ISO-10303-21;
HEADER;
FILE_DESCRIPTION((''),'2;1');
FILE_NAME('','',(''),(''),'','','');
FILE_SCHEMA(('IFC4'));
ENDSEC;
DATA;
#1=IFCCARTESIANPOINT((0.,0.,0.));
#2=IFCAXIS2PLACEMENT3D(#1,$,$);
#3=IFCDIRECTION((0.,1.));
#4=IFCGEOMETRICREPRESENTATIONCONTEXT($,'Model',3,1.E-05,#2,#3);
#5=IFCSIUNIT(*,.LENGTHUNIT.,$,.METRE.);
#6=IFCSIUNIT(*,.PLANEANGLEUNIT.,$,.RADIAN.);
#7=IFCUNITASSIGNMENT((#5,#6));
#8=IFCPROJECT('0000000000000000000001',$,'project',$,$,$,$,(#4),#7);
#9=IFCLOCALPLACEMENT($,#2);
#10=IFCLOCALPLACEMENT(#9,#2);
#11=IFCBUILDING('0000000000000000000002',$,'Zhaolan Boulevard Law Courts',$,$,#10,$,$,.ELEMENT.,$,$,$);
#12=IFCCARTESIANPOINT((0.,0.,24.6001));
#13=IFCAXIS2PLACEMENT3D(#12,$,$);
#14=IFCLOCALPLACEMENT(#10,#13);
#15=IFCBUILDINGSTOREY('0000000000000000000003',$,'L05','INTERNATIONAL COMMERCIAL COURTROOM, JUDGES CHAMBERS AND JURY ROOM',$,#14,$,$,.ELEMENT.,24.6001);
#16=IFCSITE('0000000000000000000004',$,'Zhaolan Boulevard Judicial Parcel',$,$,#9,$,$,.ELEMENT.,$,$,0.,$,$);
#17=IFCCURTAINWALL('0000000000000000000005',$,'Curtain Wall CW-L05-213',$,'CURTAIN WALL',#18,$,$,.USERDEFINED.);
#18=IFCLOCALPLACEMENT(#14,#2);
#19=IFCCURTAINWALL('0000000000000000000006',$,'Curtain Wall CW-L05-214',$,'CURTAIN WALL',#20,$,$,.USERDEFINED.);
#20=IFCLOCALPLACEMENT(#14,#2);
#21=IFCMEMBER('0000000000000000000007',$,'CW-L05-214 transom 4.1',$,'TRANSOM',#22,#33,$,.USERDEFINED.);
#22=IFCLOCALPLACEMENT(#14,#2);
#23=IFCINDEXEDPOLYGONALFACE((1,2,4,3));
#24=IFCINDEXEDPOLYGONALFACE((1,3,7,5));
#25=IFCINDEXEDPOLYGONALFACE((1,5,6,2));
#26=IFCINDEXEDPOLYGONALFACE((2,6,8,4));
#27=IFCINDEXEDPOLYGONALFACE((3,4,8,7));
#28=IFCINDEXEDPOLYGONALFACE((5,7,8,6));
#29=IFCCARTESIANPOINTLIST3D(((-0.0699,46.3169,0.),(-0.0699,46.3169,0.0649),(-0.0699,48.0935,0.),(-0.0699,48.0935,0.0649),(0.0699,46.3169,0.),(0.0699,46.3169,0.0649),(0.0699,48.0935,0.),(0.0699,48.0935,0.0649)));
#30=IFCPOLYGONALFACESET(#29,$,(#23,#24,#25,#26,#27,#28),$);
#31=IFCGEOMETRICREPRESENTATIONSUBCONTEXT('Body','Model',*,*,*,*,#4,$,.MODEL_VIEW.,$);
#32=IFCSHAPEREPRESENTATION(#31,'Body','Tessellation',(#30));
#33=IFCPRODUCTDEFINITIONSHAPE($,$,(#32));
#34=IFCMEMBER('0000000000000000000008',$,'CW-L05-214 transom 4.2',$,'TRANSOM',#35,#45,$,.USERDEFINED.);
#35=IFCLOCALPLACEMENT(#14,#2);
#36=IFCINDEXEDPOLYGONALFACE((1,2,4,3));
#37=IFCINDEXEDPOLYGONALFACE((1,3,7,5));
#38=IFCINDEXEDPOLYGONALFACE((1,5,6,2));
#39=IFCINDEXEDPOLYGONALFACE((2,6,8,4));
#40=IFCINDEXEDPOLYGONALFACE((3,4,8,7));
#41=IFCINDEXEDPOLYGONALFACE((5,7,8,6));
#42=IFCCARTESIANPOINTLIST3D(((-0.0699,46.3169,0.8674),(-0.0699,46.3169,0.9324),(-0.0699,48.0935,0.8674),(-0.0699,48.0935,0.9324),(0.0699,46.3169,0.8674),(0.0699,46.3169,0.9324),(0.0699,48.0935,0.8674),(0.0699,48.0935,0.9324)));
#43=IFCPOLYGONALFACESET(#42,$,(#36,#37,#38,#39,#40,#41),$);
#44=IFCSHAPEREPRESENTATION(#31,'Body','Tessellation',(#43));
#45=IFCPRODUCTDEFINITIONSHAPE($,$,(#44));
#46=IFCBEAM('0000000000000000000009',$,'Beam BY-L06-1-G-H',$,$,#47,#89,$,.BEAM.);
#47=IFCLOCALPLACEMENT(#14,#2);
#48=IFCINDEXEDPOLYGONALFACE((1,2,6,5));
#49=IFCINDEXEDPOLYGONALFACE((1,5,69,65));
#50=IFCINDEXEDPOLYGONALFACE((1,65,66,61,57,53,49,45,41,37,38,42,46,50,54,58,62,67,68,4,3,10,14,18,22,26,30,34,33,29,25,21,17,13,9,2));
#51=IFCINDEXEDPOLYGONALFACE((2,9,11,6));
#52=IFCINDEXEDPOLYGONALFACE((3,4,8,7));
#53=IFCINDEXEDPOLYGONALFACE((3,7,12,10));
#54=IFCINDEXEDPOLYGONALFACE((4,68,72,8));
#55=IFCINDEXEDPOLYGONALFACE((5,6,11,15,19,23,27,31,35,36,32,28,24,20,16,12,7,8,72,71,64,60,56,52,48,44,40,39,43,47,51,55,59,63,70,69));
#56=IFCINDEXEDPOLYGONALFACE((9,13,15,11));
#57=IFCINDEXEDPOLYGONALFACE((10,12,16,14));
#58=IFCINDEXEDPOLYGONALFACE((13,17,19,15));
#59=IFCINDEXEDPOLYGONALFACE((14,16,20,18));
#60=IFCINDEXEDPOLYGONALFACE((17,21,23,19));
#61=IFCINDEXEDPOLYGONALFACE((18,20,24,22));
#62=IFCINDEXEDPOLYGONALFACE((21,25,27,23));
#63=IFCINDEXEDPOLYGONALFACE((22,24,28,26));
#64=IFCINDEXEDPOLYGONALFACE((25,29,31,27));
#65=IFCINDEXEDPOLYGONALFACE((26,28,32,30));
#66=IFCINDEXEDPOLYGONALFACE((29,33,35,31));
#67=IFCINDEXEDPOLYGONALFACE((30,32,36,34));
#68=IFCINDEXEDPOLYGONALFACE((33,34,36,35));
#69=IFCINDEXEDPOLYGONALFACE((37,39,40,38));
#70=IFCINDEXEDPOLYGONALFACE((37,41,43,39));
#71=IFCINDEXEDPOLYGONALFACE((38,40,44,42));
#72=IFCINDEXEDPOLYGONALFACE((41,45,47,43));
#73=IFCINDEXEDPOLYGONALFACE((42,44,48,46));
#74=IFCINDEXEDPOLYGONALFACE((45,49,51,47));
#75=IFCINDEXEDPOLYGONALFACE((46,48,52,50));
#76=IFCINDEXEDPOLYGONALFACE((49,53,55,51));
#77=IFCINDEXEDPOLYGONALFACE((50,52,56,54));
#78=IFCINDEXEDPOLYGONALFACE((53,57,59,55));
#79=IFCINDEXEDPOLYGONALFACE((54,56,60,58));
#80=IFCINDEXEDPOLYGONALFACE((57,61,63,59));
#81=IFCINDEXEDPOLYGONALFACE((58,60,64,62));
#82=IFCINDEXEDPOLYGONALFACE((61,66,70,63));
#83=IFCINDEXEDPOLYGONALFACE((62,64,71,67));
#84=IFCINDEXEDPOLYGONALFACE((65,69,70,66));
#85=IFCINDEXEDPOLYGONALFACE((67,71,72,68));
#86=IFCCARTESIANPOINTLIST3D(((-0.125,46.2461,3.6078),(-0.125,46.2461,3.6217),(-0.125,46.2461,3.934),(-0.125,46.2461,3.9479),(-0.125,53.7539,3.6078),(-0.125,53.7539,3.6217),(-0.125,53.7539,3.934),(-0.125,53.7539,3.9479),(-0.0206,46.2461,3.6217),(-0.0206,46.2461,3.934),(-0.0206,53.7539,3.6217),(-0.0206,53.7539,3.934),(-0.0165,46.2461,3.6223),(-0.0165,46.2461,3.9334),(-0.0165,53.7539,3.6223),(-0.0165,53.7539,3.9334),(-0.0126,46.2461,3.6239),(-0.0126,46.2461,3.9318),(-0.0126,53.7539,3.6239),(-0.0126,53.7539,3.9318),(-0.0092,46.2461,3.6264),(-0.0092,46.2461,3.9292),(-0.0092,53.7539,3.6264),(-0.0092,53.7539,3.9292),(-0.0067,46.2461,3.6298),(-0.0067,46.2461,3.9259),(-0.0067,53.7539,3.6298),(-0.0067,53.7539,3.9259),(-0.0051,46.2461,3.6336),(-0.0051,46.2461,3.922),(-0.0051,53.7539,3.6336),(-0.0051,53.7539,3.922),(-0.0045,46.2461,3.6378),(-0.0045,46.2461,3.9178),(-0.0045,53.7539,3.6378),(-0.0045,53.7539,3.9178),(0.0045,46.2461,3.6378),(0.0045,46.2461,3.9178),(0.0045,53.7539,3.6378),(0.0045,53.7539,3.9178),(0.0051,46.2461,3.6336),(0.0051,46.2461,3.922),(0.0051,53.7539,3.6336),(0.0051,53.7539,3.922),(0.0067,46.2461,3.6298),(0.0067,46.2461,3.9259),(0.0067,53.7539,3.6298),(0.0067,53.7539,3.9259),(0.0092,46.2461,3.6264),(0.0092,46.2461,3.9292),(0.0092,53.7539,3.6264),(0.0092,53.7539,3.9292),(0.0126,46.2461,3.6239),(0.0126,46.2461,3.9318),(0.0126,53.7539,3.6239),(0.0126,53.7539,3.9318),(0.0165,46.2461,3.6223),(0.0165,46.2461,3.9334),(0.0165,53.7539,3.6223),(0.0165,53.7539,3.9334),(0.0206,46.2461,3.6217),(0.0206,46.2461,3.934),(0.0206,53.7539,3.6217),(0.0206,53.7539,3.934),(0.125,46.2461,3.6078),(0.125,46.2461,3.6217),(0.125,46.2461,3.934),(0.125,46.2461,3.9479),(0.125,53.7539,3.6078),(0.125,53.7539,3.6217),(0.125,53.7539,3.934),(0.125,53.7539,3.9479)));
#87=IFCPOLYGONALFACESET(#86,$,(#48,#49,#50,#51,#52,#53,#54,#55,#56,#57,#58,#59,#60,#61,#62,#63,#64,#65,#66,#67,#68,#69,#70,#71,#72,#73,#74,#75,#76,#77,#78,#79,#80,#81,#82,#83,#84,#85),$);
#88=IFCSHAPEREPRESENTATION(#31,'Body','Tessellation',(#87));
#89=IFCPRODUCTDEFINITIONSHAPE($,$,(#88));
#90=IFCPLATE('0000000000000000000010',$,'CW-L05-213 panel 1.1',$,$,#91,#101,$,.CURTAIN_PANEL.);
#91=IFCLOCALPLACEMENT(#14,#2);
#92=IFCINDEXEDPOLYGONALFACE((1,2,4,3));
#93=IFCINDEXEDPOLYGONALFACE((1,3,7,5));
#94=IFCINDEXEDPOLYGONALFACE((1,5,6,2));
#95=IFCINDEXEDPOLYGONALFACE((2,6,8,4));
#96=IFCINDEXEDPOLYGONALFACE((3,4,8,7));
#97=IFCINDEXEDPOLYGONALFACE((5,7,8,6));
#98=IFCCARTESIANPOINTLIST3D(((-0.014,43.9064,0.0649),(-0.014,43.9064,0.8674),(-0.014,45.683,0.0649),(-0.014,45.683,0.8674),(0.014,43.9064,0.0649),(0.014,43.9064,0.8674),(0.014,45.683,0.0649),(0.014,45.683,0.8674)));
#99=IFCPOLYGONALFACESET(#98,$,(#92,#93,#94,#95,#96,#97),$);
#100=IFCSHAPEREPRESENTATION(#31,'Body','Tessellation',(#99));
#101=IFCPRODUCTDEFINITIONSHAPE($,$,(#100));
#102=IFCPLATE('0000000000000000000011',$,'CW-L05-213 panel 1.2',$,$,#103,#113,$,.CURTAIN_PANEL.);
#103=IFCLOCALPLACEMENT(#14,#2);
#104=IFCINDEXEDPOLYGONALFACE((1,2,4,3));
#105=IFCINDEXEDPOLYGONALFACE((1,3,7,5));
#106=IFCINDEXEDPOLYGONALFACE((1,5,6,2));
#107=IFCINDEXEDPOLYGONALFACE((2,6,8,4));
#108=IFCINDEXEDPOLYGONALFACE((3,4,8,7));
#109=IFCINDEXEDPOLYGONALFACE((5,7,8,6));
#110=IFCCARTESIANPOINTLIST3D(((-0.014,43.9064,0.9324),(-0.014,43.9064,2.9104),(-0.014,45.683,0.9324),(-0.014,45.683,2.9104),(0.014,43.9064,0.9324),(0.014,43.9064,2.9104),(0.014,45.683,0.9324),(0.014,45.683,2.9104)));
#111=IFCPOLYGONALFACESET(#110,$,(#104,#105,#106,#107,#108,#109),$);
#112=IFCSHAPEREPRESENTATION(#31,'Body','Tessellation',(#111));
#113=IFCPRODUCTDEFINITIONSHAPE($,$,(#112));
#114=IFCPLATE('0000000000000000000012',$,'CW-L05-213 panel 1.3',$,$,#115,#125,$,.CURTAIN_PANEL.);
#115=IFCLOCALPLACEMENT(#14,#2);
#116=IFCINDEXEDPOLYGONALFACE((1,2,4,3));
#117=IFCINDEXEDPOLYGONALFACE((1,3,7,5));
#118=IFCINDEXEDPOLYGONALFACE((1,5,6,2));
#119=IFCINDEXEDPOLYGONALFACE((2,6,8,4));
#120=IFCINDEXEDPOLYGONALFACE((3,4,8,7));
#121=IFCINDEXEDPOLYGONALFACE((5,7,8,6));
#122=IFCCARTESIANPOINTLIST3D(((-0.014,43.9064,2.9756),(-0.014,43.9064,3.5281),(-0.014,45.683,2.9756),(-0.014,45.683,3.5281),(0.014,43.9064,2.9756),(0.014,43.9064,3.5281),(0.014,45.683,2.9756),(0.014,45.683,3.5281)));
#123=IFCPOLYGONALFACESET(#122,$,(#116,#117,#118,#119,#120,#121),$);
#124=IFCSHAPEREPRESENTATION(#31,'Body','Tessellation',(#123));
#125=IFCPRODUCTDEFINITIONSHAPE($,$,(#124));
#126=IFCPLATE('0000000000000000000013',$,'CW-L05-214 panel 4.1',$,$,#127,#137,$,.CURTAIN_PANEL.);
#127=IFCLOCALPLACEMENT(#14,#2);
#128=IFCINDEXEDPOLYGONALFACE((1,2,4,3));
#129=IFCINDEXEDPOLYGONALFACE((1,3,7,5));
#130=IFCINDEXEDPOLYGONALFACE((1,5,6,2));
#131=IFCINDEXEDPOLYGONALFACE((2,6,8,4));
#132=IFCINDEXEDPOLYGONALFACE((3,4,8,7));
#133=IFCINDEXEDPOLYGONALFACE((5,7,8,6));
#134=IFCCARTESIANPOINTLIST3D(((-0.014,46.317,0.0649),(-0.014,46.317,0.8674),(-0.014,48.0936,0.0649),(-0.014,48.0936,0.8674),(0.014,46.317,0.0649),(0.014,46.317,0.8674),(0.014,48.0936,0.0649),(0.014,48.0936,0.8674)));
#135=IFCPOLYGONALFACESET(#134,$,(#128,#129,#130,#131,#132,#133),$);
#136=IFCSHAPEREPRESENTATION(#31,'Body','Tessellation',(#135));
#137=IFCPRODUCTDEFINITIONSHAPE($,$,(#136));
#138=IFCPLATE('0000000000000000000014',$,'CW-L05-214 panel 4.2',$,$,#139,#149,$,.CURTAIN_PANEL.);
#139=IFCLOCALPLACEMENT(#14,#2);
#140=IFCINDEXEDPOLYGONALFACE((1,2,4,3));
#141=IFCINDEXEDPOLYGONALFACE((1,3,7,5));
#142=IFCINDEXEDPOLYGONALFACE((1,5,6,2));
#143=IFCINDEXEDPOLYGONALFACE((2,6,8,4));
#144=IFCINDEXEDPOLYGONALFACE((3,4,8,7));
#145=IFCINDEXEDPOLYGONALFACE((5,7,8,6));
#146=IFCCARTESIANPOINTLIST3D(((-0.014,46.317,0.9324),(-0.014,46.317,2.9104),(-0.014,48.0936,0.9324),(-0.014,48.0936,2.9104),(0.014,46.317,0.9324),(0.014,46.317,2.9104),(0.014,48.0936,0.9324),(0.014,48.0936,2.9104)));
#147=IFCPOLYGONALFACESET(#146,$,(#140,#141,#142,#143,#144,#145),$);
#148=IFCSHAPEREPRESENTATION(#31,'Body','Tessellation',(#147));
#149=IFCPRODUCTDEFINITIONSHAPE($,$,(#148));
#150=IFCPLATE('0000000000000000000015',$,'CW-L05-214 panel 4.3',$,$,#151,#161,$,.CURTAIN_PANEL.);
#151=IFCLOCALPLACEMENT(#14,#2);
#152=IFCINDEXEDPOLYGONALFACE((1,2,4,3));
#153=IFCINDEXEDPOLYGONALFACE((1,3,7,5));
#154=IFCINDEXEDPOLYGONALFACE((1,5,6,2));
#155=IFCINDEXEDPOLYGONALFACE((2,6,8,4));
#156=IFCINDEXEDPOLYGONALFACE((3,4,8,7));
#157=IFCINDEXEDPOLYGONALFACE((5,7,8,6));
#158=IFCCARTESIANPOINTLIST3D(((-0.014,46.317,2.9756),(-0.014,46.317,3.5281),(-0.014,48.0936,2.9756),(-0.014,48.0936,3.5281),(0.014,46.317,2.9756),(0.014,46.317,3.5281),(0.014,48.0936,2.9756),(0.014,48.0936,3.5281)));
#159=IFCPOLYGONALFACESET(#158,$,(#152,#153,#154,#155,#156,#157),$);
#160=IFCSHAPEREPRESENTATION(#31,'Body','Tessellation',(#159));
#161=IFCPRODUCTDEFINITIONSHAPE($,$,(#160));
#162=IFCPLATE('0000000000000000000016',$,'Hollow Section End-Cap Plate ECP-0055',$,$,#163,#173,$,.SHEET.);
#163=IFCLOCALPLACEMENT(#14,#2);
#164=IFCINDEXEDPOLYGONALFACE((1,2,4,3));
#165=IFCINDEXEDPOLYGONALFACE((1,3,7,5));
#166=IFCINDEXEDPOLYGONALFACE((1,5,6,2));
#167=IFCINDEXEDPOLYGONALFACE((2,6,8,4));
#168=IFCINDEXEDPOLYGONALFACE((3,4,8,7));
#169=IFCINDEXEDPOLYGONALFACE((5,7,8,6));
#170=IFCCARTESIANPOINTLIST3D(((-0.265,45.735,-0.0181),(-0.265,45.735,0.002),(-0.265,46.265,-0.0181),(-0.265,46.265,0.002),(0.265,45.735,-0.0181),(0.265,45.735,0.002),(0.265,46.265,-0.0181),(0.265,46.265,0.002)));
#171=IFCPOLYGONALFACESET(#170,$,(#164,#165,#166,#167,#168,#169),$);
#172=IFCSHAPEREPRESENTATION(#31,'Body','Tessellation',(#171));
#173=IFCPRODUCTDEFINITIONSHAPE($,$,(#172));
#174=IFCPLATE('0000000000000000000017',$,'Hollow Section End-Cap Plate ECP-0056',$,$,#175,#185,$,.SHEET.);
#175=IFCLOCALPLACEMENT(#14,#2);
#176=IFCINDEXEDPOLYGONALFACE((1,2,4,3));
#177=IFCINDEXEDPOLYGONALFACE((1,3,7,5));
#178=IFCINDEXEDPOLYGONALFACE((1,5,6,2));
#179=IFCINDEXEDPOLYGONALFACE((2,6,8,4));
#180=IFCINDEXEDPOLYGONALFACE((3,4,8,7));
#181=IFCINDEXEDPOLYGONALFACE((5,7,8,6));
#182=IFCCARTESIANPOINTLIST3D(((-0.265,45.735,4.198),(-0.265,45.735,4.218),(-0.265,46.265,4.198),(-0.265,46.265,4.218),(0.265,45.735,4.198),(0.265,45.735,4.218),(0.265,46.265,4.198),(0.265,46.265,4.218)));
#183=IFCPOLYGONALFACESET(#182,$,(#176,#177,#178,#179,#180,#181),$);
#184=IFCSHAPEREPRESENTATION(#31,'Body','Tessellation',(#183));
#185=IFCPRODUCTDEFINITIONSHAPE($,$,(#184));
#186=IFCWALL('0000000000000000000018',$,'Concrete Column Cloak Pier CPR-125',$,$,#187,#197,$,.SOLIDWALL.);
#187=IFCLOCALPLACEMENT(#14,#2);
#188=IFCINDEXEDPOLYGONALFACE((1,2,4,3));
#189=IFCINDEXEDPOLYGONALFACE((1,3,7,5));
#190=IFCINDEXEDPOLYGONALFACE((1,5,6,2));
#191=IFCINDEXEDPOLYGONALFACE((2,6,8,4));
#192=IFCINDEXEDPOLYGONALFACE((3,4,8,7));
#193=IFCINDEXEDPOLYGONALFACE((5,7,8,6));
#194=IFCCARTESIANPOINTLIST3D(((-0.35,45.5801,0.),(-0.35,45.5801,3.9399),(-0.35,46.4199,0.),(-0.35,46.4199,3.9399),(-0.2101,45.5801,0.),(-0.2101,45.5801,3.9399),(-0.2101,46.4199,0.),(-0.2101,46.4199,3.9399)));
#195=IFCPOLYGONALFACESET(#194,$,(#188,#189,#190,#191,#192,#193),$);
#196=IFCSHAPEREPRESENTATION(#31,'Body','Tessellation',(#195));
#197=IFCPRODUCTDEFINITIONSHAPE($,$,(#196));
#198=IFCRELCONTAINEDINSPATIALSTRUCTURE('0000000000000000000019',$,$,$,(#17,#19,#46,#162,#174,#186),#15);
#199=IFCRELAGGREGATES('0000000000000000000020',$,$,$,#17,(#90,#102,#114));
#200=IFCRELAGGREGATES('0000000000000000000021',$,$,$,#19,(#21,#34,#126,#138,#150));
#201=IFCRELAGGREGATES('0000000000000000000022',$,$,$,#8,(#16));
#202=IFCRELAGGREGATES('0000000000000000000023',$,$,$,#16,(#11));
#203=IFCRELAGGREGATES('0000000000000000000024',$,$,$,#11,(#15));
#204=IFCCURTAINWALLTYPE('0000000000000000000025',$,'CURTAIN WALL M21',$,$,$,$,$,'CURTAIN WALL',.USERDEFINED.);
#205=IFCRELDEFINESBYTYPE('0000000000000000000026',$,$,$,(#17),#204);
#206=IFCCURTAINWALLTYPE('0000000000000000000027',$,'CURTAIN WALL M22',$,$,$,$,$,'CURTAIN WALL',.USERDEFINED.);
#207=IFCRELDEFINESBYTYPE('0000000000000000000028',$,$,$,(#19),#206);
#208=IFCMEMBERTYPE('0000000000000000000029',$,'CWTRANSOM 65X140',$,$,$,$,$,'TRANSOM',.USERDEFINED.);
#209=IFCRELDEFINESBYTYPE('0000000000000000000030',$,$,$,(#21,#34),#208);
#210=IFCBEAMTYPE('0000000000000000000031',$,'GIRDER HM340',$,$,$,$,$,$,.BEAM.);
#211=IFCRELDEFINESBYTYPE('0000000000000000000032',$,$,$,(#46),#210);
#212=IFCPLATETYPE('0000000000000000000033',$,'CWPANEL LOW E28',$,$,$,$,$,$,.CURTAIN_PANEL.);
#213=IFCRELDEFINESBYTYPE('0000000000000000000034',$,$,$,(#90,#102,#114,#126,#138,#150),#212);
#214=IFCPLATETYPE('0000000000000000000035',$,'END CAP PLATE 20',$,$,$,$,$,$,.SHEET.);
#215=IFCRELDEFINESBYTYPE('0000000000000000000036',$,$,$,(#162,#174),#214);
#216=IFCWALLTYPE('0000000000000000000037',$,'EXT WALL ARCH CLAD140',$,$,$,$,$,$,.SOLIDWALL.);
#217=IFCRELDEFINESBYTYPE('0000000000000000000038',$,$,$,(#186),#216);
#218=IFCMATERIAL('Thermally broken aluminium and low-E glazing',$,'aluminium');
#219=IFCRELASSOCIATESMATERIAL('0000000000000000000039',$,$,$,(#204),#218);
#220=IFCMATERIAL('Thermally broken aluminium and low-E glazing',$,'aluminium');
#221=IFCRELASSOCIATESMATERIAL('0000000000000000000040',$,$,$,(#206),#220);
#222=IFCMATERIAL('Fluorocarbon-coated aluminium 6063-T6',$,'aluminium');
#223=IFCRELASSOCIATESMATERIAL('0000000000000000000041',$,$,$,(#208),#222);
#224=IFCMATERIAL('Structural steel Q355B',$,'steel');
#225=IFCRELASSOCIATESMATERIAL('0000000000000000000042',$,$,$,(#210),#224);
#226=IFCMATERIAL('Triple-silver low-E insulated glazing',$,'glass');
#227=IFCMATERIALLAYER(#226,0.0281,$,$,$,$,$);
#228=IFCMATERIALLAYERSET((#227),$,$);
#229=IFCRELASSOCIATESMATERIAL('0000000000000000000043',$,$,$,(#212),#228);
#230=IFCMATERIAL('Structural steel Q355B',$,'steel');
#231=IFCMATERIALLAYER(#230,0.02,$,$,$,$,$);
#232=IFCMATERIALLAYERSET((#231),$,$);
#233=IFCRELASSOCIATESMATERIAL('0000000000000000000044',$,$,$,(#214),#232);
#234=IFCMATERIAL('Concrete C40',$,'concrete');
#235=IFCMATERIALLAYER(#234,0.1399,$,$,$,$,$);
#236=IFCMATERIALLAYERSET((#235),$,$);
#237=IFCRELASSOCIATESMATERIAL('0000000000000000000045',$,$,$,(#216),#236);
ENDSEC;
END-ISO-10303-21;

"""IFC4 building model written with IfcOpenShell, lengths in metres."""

from ifc_helpers import new_model, si_unit, direction, frame, frame_2d, origin, origin_2d, place, context, subcontext, project, spatial, rectangle, i_section, extrude, material, layer, layer_set, material_profile, profile_set, type_object, element, aggregate, save


model = new_model("IFC4")

# Units and contexts
model_context = context("Model", 3, precision=1e-05, world=origin(), true_north=direction((0.0, 1.0)))
body_context = subcontext(model_context, "Body", "Model", "MODEL_VIEW")
ifc_project = project(units=[si_unit("LENGTHUNIT", "METRE"), si_unit("PLANEANGLEUNIT", "RADIAN")], contexts=[model_context])

# Site, building, storey
site_placement = place(None, origin())
site = spatial("IfcSite", under=ifc_project, at=site_placement, Name="Zhaolan Boulevard Judicial Parcel", CompositionType="ELEMENT", RefElevation=0.0)
building_placement = place(site_placement, origin())
building = spatial("IfcBuilding", under=site, at=building_placement, Name="Zhaolan Boulevard Law Courts", CompositionType="ELEMENT")
storey_placement = place(building_placement, frame((0.0, 0.0, 24.6001)))
storey = spatial("IfcBuildingStorey", under=building, at=storey_placement, Name="L05", Description="INTERNATIONAL COMMERCIAL COURTROOM, JUDGES CHAMBERS AND JURY ROOM", CompositionType="ELEMENT", Elevation=24.6001)

# Curtain wall
ifc_material_1 = material(Name="Thermally broken aluminium and low-E glazing", Category="aluminium")
curtain_wall_type_1 = type_object("IfcCurtainWallType", Name="CURTAIN WALL M21", ElementType="CURTAIN WALL", PredefinedType="USERDEFINED", material=ifc_material_1)
curtain_wall_1_placement = place(storey_placement, origin())
curtain_wall_1 = element("IfcCurtainWall", 1, at=curtain_wall_1_placement, inside=storey, type_object=curtain_wall_type_1, Name="Curtain Wall CW-L05-213", ObjectType="CURTAIN WALL", PredefinedType="USERDEFINED")

# Curtain wall
ifc_material_2 = material(Name="Thermally broken aluminium and low-E glazing", Category="aluminium")
curtain_wall_type_2 = type_object("IfcCurtainWallType", Name="CURTAIN WALL M22", ElementType="CURTAIN WALL", PredefinedType="USERDEFINED", material=ifc_material_2)
curtain_wall_2_placement = place(storey_placement, origin())
curtain_wall_2 = element("IfcCurtainWall", 2, at=curtain_wall_2_placement, inside=storey, type_object=curtain_wall_type_2, Name="Curtain Wall CW-L05-214", ObjectType="CURTAIN WALL", PredefinedType="USERDEFINED")

# Members
ifc_material_3 = material(Name="Fluorocarbon-coated aluminium 6063-T6", Category="aluminium")
ifc_material_profile_1 = material_profile(ifc_material_3, rectangle(XDim=0.1399, YDim=0.0649, at=origin_2d()), Name="AL65x140")
ifc_profile_set_1 = profile_set([ifc_material_profile_1], Name="Fluorocarbon-coated aluminium 6063-T6")
member_type_1 = type_object("IfcMemberType", Name="CWTRANSOM 65X140", ElementType="TRANSOM", PredefinedType="USERDEFINED", material=ifc_profile_set_1)
member_1_placement = place(storey_placement, frame((0.0, 48.0935, 0.0325), z_axis=(0.0, -1.0, 0.0), x_axis=(1.0, 0.0, 0.0)))
member_1 = element("IfcMember", 3, at=member_1_placement, type_object=member_type_1, Name="CW-L05-214 transom 4.1", ObjectType="TRANSOM", PredefinedType="USERDEFINED", context=body_context, shape_type="SweptSolid", body=[
    extrude(rectangle(XDim=0.1399, YDim=0.0649, at=origin_2d()), origin(), (0.0, 0.0, 1.0), 1.7766),
])
member_2_placement = place(storey_placement, frame((0.0, 48.0935, 0.8999), z_axis=(0.0, -1.0, 0.0), x_axis=(1.0, 0.0, 0.0)))
member_2 = element("IfcMember", 4, at=member_2_placement, type_object=member_type_1, Name="CW-L05-214 transom 4.2", ObjectType="TRANSOM", PredefinedType="USERDEFINED", context=body_context, shape_type="SweptSolid", body=[
    extrude(rectangle(XDim=0.1399, YDim=0.0649, at=origin_2d()), origin(), (0.0, 0.0, 1.0), 1.7766),
])

# Beam
ifc_material_4 = material(Name="Structural steel Q355B", Category="steel")
ifc_material_profile_2 = material_profile(ifc_material_4, i_section(OverallWidth=0.25, OverallDepth=0.3401, WebThickness=0.009, FlangeThickness=0.0139, FilletRadius=0.0161, at=origin_2d()), Name="HM340x250")
ifc_profile_set_2 = profile_set([ifc_material_profile_2], Name="Structural steel Q355B")
beam_type = type_object("IfcBeamType", Name="GIRDER HM340", PredefinedType="BEAM", material=ifc_profile_set_2)
beam_placement = place(storey_placement, frame((0.0, 46.2461, 3.7778), z_axis=(0.0, 1.0, 0.0), x_axis=(-1.0, 0.0, 0.0)))
element("IfcBeam", 5, at=beam_placement, inside=storey, type_object=beam_type, Name="Beam BY-L06-1-G-H", PredefinedType="BEAM", context=body_context, shape_type="SweptSolid", body=[
    extrude(i_section(OverallWidth=0.25, OverallDepth=0.3401, WebThickness=0.009, FlangeThickness=0.0139, FilletRadius=0.0161, at=origin_2d()), origin(), (0.0, 0.0, 1.0), 7.5078),
])

# Plates
ifc_material_5 = material(Name="Triple-silver low-E insulated glazing", Category="glass")
ifc_layer_1 = layer(ifc_material_5, 0.0281)
ifc_layer_set_1 = layer_set([ifc_layer_1])
plate_type_1 = type_object("IfcPlateType", Name="CWPANEL LOW E28", PredefinedType="CURTAIN_PANEL", material=ifc_layer_set_1)
plate_1_placement = place(storey_placement, frame((0.0, 44.7947, 0.0649), z_axis=(0.0, 0.0, 1.0), x_axis=(0.0, -1.0, 0.0)))
plate_1 = element("IfcPlate", 6, at=plate_1_placement, type_object=plate_type_1, Name="CW-L05-213 panel 1.1", PredefinedType="CURTAIN_PANEL", context=body_context, shape_type="SweptSolid", body=[
    extrude(rectangle(XDim=1.7766, YDim=0.0281, at=origin_2d()), origin(), (0.0, 0.0, 1.0), 0.8025),
])
plate_2_placement = place(storey_placement, frame((0.0, 44.7947, 0.9324), z_axis=(0.0, 0.0, 1.0), x_axis=(0.0, -1.0, 0.0)))
plate_2 = element("IfcPlate", 7, at=plate_2_placement, type_object=plate_type_1, Name="CW-L05-213 panel 1.2", PredefinedType="CURTAIN_PANEL", context=body_context, shape_type="SweptSolid", body=[
    extrude(rectangle(XDim=1.7766, YDim=0.0281, at=origin_2d()), origin(), (0.0, 0.0, 1.0), 1.978),
])
plate_3_placement = place(storey_placement, frame((0.0, 44.7947, 2.9756), z_axis=(0.0, 0.0, 1.0), x_axis=(0.0, -1.0, 0.0)))
plate_3 = element("IfcPlate", 8, at=plate_3_placement, type_object=plate_type_1, Name="CW-L05-213 panel 1.3", PredefinedType="CURTAIN_PANEL", context=body_context, shape_type="SweptSolid", body=[
    extrude(rectangle(XDim=1.7766, YDim=0.0281, at=origin_2d()), origin(), (0.0, 0.0, 1.0), 0.5525),
])
aggregate(curtain_wall_1, [plate_1, plate_2, plate_3])
plate_4_placement = place(storey_placement, frame((0.0, 47.2053, 0.0649), z_axis=(0.0, 0.0, 1.0), x_axis=(0.0, -1.0, 0.0)))
plate_4 = element("IfcPlate", 9, at=plate_4_placement, type_object=plate_type_1, Name="CW-L05-214 panel 4.1", PredefinedType="CURTAIN_PANEL", context=body_context, shape_type="SweptSolid", body=[
    extrude(rectangle(XDim=1.7766, YDim=0.0281, at=origin_2d()), origin(), (0.0, 0.0, 1.0), 0.8025),
])
plate_5_placement = place(storey_placement, frame((0.0, 47.2053, 0.9324), z_axis=(0.0, 0.0, 1.0), x_axis=(0.0, -1.0, 0.0)))
plate_5 = element("IfcPlate", 10, at=plate_5_placement, type_object=plate_type_1, Name="CW-L05-214 panel 4.2", PredefinedType="CURTAIN_PANEL", context=body_context, shape_type="SweptSolid", body=[
    extrude(rectangle(XDim=1.7766, YDim=0.0281, at=origin_2d()), origin(), (0.0, 0.0, 1.0), 1.978),
])
plate_6_placement = place(storey_placement, frame((0.0, 47.2053, 2.9756), z_axis=(0.0, 0.0, 1.0), x_axis=(0.0, -1.0, 0.0)))
plate_6 = element("IfcPlate", 11, at=plate_6_placement, type_object=plate_type_1, Name="CW-L05-214 panel 4.3", PredefinedType="CURTAIN_PANEL", context=body_context, shape_type="SweptSolid", body=[
    extrude(rectangle(XDim=1.7766, YDim=0.0281, at=origin_2d()), origin(), (0.0, 0.0, 1.0), 0.5525),
])
aggregate(curtain_wall_2, [member_1, member_2, plate_4, plate_5, plate_6])

# Plates
ifc_material_6 = material(Name="Structural steel Q355B", Category="steel")
ifc_layer_2 = layer(ifc_material_6, 0.02)
ifc_layer_set_2 = layer_set([ifc_layer_2])
plate_type_2 = type_object("IfcPlateType", Name="END CAP PLATE 20", PredefinedType="SHEET", material=ifc_layer_set_2)
for number, where, z_axis, x_axis, name in (
    (12, (0.0, 46.0, -0.0181), (0.0, 0.0, 1.0), (1.0, 0.0, 0.0), "Hollow Section End-Cap Plate ECP-0055"),
    (13, (0.0, 46.0, 4.198), (0.0, 0.0, 1.0), (1.0, 0.0, 0.0), "Hollow Section End-Cap Plate ECP-0056"),
):
    element("IfcPlate", number, at=place(storey_placement, frame(where, z_axis=z_axis, x_axis=x_axis)), inside=storey, type_object=plate_type_2, Name=name, PredefinedType="SHEET", context=body_context, shape_type="SweptSolid", body=[
        extrude(rectangle(XDim=0.53, YDim=0.53, at=origin_2d()), origin(), (0.0, 0.0, 1.0), 0.02),
    ])

# Wall
ifc_material_7 = material(Name="Concrete C40", Category="concrete")
ifc_layer_3 = layer(ifc_material_7, 0.1399)
ifc_layer_set_3 = layer_set([ifc_layer_3])
wall_type = type_object("IfcWallType", Name="EXT WALL ARCH CLAD140", PredefinedType="SOLIDWALL", material=ifc_layer_set_3)
wall_placement = place(storey_placement, frame((-0.28, 45.5801, 0.0), z_axis=(0.0, 0.0, 1.0), x_axis=(0.0, 1.0, 0.0)))
element("IfcWall", 14, at=wall_placement, inside=storey, type_object=wall_type, Name="Concrete Column Cloak Pier CPR-125", PredefinedType="SOLIDWALL", context=body_context, shape_type="SweptSolid", body=[
    extrude(rectangle(XDim=0.8398, YDim=0.1399, at=frame_2d((0.4199, 0.0))), origin(), (0.0, 0.0, 1.0), 3.9399),
])

save(model, "model.ifc")
